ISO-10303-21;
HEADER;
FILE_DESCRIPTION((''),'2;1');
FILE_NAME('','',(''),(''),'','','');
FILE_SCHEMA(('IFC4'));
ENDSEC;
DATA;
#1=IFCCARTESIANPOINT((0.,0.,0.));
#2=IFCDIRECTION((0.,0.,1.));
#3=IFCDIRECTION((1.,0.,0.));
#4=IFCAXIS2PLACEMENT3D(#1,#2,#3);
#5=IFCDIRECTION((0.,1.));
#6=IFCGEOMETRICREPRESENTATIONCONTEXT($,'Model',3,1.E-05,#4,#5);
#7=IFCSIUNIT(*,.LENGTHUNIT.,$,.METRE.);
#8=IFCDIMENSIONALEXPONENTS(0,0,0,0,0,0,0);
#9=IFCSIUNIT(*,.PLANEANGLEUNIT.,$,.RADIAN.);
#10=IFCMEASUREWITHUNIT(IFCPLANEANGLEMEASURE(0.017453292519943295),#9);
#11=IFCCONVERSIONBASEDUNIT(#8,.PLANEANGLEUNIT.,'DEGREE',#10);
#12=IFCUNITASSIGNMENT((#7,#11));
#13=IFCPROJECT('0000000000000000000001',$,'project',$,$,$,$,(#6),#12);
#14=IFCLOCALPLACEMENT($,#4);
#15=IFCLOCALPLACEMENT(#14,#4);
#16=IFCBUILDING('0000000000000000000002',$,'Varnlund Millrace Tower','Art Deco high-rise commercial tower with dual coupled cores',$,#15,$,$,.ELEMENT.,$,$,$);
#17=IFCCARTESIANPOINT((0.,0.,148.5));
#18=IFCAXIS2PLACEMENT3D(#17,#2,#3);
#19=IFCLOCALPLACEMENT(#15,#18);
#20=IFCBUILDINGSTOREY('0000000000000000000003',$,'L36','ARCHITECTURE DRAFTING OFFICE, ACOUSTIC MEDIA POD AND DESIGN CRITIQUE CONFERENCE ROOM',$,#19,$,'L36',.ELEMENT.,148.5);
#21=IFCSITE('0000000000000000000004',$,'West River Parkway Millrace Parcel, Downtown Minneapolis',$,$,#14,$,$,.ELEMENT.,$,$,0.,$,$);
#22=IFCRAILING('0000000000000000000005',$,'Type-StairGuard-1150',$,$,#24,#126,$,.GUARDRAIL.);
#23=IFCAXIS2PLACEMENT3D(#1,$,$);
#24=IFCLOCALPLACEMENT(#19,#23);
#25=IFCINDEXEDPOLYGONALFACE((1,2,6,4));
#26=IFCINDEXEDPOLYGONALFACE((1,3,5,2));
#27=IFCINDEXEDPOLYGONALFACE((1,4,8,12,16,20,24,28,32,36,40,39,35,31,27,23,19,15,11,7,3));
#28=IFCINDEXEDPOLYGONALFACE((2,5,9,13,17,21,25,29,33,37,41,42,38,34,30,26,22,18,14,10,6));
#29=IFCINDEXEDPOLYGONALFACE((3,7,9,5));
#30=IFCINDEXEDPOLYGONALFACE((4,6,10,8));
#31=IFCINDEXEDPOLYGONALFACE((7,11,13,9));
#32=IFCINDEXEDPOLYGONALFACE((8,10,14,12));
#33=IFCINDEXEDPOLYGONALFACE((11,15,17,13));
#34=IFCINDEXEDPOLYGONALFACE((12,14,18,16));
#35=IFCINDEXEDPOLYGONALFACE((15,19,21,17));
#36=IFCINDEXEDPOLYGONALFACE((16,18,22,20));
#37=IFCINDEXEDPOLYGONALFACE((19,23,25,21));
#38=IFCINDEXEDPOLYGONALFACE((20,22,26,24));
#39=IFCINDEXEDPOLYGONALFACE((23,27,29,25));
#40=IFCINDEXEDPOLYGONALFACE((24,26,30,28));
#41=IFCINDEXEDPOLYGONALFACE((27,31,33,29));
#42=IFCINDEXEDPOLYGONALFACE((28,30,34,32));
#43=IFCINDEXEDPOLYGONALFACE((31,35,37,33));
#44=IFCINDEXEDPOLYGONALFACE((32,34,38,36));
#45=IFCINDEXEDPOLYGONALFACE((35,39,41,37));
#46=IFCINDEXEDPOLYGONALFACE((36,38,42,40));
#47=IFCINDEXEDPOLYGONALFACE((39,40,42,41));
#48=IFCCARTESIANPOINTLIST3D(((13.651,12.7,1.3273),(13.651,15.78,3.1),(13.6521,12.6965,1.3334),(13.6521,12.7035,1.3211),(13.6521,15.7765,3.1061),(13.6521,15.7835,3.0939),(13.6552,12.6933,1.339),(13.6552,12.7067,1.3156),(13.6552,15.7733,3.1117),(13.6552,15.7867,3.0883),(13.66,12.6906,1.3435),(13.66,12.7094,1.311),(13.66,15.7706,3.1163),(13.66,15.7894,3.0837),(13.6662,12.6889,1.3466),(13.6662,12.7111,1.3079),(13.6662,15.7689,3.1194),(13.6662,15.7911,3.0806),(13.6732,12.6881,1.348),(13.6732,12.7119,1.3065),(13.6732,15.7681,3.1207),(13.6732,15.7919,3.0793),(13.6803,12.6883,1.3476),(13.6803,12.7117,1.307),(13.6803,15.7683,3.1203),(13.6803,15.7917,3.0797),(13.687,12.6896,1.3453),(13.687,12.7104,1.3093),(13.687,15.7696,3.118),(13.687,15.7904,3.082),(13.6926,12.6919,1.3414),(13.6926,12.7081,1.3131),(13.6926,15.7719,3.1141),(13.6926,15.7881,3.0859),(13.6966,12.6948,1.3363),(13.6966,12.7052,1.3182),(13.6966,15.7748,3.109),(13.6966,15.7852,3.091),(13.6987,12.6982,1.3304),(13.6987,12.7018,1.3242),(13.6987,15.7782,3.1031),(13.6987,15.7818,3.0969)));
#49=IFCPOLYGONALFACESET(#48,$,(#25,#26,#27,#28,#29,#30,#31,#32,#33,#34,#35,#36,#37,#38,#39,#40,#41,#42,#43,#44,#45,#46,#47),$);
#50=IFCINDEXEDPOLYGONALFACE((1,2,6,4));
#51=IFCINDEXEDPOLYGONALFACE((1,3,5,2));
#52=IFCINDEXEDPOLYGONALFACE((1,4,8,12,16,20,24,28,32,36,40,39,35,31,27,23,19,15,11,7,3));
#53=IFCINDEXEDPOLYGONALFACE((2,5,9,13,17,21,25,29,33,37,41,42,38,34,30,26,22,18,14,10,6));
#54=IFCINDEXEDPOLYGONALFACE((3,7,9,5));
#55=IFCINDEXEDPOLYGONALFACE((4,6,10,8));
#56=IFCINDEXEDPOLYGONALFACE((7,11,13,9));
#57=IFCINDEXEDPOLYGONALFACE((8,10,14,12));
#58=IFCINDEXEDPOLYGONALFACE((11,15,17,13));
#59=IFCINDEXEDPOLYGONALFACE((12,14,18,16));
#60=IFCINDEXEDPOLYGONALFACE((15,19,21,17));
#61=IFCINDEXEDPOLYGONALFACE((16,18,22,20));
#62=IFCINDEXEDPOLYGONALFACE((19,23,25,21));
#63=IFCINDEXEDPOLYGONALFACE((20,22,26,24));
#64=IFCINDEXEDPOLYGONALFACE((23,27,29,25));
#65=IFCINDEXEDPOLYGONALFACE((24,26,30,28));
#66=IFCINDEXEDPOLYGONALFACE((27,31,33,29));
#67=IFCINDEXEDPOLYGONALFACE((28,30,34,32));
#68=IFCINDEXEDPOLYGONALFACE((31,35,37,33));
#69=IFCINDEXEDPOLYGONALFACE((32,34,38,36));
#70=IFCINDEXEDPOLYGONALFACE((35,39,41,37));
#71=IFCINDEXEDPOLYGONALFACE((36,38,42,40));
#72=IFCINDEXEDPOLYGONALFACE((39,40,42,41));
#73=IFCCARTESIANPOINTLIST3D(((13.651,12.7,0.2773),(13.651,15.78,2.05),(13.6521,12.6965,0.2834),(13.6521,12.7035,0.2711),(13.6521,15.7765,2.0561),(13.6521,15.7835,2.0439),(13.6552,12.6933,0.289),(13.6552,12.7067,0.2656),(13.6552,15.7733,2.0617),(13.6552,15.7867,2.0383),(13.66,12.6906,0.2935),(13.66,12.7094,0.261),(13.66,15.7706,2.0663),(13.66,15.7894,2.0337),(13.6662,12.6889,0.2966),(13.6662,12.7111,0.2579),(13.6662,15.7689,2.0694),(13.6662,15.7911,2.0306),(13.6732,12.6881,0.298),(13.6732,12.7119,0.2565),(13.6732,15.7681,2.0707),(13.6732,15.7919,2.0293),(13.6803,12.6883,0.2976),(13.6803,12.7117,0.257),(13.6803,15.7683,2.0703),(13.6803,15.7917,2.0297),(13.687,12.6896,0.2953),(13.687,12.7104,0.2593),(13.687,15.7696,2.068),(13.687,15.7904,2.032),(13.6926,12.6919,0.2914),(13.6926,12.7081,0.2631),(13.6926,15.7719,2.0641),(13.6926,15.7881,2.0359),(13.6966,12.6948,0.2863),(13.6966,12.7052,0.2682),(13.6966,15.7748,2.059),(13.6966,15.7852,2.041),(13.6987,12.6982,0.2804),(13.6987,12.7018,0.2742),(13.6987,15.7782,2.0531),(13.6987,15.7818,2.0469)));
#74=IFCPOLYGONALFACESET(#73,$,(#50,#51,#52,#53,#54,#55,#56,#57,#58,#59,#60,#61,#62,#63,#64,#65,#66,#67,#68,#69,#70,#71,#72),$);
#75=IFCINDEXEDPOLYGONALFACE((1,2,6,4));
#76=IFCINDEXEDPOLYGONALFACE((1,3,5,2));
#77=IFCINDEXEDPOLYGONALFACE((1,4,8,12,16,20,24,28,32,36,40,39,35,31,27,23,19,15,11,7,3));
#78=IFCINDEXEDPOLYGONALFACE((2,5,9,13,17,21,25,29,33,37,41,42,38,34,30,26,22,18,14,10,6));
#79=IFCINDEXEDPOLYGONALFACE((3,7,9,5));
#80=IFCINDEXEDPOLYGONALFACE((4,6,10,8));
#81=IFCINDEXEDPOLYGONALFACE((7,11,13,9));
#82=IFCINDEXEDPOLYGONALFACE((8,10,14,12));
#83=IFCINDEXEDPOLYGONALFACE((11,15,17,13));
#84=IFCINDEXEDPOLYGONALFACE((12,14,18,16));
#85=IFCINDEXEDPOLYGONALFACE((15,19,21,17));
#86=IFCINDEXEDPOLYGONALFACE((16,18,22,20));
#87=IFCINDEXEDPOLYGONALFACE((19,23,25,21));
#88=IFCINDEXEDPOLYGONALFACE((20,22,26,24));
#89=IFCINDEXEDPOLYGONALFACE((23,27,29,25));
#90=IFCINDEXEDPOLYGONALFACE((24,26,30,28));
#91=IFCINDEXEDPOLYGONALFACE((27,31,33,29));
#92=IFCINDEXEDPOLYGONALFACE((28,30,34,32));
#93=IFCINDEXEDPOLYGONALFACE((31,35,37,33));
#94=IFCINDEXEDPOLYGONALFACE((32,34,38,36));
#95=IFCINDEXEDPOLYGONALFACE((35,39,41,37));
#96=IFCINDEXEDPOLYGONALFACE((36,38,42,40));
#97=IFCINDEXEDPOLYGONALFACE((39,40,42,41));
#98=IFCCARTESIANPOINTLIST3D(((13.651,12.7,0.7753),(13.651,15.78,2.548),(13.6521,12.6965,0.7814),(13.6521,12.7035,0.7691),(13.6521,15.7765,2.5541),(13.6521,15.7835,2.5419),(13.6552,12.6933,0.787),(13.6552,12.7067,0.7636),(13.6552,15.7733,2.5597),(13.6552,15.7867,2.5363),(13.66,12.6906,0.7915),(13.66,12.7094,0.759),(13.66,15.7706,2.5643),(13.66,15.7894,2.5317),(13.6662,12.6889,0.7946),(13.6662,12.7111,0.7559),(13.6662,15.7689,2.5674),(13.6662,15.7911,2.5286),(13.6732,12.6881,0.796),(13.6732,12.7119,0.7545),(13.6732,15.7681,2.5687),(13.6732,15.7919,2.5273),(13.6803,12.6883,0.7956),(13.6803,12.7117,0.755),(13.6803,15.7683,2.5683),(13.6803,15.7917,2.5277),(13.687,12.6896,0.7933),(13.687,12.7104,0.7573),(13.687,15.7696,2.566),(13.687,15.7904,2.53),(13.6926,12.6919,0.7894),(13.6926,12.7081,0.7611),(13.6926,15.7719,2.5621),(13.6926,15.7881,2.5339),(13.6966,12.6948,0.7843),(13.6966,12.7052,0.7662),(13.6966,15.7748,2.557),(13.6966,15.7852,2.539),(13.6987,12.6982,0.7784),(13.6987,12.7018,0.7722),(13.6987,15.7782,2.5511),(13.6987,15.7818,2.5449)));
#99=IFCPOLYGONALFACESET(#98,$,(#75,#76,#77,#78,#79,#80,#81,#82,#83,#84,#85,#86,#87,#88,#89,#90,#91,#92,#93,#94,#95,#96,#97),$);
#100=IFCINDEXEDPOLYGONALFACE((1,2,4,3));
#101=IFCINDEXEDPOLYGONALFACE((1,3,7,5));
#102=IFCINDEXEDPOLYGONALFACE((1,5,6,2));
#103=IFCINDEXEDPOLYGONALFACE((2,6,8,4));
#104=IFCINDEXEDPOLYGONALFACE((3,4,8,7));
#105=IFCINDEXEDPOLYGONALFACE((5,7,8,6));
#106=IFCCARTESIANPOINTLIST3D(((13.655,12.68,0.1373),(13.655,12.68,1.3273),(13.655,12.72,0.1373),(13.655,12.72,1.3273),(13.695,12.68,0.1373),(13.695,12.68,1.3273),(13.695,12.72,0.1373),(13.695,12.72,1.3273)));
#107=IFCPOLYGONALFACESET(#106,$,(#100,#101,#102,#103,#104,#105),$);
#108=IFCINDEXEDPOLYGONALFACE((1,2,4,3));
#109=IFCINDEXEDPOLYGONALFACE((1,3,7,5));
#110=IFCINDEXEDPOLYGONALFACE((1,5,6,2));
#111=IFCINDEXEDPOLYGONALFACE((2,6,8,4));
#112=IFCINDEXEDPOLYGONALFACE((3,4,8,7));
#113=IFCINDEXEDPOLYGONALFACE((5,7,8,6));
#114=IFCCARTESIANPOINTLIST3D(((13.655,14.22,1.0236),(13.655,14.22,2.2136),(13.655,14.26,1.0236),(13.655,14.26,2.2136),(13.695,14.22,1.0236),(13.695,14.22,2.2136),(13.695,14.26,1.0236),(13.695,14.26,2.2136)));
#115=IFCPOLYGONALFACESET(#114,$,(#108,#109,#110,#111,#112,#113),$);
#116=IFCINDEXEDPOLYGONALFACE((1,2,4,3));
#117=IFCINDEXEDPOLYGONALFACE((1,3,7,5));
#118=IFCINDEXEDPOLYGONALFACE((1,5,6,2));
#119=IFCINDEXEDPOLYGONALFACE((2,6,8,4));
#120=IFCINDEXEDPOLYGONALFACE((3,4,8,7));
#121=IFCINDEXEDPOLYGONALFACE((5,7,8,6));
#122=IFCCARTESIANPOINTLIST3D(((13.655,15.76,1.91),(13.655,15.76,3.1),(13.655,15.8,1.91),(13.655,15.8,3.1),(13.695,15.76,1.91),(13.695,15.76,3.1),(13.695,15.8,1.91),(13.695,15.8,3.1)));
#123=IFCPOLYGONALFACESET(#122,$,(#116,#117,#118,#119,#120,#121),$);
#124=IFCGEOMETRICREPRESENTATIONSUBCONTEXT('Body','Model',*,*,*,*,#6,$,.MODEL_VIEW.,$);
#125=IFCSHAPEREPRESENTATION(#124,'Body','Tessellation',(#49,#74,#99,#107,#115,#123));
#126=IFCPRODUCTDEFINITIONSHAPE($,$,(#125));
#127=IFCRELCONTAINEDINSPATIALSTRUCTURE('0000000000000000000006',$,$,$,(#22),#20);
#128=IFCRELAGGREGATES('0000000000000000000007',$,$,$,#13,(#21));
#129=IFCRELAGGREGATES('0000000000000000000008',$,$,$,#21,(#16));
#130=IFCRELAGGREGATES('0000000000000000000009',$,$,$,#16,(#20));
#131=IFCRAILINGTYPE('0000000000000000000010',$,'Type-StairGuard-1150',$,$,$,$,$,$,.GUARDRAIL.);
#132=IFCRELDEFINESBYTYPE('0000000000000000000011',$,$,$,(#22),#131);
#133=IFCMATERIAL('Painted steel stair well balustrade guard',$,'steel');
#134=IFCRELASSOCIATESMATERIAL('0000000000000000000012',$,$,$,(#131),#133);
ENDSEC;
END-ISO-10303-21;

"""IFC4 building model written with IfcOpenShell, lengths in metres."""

from ifc_helpers import new_model, entity, si_unit, converted_unit, direction, frame, origin_with_axes, origin_2d_with_axis, place, context, subcontext, project, spatial, rectangle, circle, extrude, material, type_object, element, save


model = new_model("IFC4")

# Units and contexts
model_context = context("Model", 3, precision=1e-05, world=origin_with_axes(), true_north=direction((0.0, 1.0)))
body_context = subcontext(model_context, "Body", "Model", "MODEL_VIEW")
ifc_project = project(units=[si_unit("LENGTHUNIT", "METRE"), converted_unit("PLANEANGLEUNIT", "DEGREE", entity("IfcPlaneAngleMeasure", 0.017453292519943295), si_unit("PLANEANGLEUNIT", "RADIAN"), dimensions=[0, 0, 0, 0, 0, 0, 0])], contexts=[model_context])

# Site, building, storey
site_placement = place(None, origin_with_axes())
site = spatial("IfcSite", under=ifc_project, at=site_placement, Name="West River Parkway Millrace Parcel, Downtown Minneapolis", CompositionType="ELEMENT", RefElevation=0.0)
building_placement = place(site_placement, origin_with_axes())
building = spatial("IfcBuilding", under=site, at=building_placement, Name="Varnlund Millrace Tower", Description="Art Deco high-rise commercial tower with dual coupled cores", CompositionType="ELEMENT")
storey_placement = place(building_placement, frame((0.0, 0.0, 148.5), z_axis=(0.0, 0.0, 1.0), x_axis=(1.0, 0.0, 0.0)))
storey = spatial("IfcBuildingStorey", under=building, at=storey_placement, Name="L36", Description="ARCHITECTURE DRAFTING OFFICE, ACOUSTIC MEDIA POD AND DESIGN CRITIQUE CONFERENCE ROOM", LongName="L36", CompositionType="ELEMENT", Elevation=148.5)

# Railing
ifc_material_1 = material(Name="Painted steel stair well balustrade guard", Category="steel")
railing_type_1 = type_object("IfcRailingType", Name="Type-StairGuard-1150", PredefinedType="GUARDRAIL", material=ifc_material_1)
railing_1_placement = place(storey_placement, frame((0.0, 0.0, -148.5), z_axis=(0.0, 0.0, 1.0), x_axis=(1.0, 0.0, 0.0)))
element("IfcRailing", 1, at=railing_1_placement, inside=storey, type_object=railing_type_1, Name="Type-StairGuard-1150", PredefinedType="GUARDRAIL", context=body_context, shape_type="SweptSolid", body=[
    extrude(circle(Radius=0.024, at=origin_2d_with_axis()), frame((13.675, 12.7, 149.8273), z_axis=(0.0, 0.866696, 0.498836), x_axis=(-1.0, 0.0, 0.0)), (0.0, 0.0, 1.0), 3.5537),
    extrude(circle(Radius=0.024, at=origin_2d_with_axis()), frame((13.675, 12.7, 148.7773), z_axis=(0.0, 0.866696, 0.498836), x_axis=(-1.0, 0.0, 0.0)), (0.0, 0.0, 1.0), 3.5537),
    extrude(circle(Radius=0.024, at=origin_2d_with_axis()), frame((13.675, 12.7, 149.2753), z_axis=(0.0, 0.866696, 0.498836), x_axis=(-1.0, 0.0, 0.0)), (0.0, 0.0, 1.0), 3.5537),
    extrude(rectangle(XDim=0.04, YDim=0.04, at=origin_2d_with_axis()), frame((13.675, 12.7, 148.6373), z_axis=(0.0, 0.0, 1.0), x_axis=(1.0, 0.0, 0.0)), (0.0, 0.0, 1.0), 1.19),
    extrude(rectangle(XDim=0.04, YDim=0.04, at=origin_2d_with_axis()), frame((13.675, 14.24, 149.5236), z_axis=(0.0, 0.0, 1.0), x_axis=(1.0, 0.0, 0.0)), (0.0, 0.0, 1.0), 1.19),
    extrude(rectangle(XDim=0.04, YDim=0.04, at=origin_2d_with_axis()), frame((13.675, 15.78, 150.41), z_axis=(0.0, 0.0, 1.0), x_axis=(1.0, 0.0, 0.0)), (0.0, 0.0, 1.0), 1.19),
])

save(model, "model.ifc")
